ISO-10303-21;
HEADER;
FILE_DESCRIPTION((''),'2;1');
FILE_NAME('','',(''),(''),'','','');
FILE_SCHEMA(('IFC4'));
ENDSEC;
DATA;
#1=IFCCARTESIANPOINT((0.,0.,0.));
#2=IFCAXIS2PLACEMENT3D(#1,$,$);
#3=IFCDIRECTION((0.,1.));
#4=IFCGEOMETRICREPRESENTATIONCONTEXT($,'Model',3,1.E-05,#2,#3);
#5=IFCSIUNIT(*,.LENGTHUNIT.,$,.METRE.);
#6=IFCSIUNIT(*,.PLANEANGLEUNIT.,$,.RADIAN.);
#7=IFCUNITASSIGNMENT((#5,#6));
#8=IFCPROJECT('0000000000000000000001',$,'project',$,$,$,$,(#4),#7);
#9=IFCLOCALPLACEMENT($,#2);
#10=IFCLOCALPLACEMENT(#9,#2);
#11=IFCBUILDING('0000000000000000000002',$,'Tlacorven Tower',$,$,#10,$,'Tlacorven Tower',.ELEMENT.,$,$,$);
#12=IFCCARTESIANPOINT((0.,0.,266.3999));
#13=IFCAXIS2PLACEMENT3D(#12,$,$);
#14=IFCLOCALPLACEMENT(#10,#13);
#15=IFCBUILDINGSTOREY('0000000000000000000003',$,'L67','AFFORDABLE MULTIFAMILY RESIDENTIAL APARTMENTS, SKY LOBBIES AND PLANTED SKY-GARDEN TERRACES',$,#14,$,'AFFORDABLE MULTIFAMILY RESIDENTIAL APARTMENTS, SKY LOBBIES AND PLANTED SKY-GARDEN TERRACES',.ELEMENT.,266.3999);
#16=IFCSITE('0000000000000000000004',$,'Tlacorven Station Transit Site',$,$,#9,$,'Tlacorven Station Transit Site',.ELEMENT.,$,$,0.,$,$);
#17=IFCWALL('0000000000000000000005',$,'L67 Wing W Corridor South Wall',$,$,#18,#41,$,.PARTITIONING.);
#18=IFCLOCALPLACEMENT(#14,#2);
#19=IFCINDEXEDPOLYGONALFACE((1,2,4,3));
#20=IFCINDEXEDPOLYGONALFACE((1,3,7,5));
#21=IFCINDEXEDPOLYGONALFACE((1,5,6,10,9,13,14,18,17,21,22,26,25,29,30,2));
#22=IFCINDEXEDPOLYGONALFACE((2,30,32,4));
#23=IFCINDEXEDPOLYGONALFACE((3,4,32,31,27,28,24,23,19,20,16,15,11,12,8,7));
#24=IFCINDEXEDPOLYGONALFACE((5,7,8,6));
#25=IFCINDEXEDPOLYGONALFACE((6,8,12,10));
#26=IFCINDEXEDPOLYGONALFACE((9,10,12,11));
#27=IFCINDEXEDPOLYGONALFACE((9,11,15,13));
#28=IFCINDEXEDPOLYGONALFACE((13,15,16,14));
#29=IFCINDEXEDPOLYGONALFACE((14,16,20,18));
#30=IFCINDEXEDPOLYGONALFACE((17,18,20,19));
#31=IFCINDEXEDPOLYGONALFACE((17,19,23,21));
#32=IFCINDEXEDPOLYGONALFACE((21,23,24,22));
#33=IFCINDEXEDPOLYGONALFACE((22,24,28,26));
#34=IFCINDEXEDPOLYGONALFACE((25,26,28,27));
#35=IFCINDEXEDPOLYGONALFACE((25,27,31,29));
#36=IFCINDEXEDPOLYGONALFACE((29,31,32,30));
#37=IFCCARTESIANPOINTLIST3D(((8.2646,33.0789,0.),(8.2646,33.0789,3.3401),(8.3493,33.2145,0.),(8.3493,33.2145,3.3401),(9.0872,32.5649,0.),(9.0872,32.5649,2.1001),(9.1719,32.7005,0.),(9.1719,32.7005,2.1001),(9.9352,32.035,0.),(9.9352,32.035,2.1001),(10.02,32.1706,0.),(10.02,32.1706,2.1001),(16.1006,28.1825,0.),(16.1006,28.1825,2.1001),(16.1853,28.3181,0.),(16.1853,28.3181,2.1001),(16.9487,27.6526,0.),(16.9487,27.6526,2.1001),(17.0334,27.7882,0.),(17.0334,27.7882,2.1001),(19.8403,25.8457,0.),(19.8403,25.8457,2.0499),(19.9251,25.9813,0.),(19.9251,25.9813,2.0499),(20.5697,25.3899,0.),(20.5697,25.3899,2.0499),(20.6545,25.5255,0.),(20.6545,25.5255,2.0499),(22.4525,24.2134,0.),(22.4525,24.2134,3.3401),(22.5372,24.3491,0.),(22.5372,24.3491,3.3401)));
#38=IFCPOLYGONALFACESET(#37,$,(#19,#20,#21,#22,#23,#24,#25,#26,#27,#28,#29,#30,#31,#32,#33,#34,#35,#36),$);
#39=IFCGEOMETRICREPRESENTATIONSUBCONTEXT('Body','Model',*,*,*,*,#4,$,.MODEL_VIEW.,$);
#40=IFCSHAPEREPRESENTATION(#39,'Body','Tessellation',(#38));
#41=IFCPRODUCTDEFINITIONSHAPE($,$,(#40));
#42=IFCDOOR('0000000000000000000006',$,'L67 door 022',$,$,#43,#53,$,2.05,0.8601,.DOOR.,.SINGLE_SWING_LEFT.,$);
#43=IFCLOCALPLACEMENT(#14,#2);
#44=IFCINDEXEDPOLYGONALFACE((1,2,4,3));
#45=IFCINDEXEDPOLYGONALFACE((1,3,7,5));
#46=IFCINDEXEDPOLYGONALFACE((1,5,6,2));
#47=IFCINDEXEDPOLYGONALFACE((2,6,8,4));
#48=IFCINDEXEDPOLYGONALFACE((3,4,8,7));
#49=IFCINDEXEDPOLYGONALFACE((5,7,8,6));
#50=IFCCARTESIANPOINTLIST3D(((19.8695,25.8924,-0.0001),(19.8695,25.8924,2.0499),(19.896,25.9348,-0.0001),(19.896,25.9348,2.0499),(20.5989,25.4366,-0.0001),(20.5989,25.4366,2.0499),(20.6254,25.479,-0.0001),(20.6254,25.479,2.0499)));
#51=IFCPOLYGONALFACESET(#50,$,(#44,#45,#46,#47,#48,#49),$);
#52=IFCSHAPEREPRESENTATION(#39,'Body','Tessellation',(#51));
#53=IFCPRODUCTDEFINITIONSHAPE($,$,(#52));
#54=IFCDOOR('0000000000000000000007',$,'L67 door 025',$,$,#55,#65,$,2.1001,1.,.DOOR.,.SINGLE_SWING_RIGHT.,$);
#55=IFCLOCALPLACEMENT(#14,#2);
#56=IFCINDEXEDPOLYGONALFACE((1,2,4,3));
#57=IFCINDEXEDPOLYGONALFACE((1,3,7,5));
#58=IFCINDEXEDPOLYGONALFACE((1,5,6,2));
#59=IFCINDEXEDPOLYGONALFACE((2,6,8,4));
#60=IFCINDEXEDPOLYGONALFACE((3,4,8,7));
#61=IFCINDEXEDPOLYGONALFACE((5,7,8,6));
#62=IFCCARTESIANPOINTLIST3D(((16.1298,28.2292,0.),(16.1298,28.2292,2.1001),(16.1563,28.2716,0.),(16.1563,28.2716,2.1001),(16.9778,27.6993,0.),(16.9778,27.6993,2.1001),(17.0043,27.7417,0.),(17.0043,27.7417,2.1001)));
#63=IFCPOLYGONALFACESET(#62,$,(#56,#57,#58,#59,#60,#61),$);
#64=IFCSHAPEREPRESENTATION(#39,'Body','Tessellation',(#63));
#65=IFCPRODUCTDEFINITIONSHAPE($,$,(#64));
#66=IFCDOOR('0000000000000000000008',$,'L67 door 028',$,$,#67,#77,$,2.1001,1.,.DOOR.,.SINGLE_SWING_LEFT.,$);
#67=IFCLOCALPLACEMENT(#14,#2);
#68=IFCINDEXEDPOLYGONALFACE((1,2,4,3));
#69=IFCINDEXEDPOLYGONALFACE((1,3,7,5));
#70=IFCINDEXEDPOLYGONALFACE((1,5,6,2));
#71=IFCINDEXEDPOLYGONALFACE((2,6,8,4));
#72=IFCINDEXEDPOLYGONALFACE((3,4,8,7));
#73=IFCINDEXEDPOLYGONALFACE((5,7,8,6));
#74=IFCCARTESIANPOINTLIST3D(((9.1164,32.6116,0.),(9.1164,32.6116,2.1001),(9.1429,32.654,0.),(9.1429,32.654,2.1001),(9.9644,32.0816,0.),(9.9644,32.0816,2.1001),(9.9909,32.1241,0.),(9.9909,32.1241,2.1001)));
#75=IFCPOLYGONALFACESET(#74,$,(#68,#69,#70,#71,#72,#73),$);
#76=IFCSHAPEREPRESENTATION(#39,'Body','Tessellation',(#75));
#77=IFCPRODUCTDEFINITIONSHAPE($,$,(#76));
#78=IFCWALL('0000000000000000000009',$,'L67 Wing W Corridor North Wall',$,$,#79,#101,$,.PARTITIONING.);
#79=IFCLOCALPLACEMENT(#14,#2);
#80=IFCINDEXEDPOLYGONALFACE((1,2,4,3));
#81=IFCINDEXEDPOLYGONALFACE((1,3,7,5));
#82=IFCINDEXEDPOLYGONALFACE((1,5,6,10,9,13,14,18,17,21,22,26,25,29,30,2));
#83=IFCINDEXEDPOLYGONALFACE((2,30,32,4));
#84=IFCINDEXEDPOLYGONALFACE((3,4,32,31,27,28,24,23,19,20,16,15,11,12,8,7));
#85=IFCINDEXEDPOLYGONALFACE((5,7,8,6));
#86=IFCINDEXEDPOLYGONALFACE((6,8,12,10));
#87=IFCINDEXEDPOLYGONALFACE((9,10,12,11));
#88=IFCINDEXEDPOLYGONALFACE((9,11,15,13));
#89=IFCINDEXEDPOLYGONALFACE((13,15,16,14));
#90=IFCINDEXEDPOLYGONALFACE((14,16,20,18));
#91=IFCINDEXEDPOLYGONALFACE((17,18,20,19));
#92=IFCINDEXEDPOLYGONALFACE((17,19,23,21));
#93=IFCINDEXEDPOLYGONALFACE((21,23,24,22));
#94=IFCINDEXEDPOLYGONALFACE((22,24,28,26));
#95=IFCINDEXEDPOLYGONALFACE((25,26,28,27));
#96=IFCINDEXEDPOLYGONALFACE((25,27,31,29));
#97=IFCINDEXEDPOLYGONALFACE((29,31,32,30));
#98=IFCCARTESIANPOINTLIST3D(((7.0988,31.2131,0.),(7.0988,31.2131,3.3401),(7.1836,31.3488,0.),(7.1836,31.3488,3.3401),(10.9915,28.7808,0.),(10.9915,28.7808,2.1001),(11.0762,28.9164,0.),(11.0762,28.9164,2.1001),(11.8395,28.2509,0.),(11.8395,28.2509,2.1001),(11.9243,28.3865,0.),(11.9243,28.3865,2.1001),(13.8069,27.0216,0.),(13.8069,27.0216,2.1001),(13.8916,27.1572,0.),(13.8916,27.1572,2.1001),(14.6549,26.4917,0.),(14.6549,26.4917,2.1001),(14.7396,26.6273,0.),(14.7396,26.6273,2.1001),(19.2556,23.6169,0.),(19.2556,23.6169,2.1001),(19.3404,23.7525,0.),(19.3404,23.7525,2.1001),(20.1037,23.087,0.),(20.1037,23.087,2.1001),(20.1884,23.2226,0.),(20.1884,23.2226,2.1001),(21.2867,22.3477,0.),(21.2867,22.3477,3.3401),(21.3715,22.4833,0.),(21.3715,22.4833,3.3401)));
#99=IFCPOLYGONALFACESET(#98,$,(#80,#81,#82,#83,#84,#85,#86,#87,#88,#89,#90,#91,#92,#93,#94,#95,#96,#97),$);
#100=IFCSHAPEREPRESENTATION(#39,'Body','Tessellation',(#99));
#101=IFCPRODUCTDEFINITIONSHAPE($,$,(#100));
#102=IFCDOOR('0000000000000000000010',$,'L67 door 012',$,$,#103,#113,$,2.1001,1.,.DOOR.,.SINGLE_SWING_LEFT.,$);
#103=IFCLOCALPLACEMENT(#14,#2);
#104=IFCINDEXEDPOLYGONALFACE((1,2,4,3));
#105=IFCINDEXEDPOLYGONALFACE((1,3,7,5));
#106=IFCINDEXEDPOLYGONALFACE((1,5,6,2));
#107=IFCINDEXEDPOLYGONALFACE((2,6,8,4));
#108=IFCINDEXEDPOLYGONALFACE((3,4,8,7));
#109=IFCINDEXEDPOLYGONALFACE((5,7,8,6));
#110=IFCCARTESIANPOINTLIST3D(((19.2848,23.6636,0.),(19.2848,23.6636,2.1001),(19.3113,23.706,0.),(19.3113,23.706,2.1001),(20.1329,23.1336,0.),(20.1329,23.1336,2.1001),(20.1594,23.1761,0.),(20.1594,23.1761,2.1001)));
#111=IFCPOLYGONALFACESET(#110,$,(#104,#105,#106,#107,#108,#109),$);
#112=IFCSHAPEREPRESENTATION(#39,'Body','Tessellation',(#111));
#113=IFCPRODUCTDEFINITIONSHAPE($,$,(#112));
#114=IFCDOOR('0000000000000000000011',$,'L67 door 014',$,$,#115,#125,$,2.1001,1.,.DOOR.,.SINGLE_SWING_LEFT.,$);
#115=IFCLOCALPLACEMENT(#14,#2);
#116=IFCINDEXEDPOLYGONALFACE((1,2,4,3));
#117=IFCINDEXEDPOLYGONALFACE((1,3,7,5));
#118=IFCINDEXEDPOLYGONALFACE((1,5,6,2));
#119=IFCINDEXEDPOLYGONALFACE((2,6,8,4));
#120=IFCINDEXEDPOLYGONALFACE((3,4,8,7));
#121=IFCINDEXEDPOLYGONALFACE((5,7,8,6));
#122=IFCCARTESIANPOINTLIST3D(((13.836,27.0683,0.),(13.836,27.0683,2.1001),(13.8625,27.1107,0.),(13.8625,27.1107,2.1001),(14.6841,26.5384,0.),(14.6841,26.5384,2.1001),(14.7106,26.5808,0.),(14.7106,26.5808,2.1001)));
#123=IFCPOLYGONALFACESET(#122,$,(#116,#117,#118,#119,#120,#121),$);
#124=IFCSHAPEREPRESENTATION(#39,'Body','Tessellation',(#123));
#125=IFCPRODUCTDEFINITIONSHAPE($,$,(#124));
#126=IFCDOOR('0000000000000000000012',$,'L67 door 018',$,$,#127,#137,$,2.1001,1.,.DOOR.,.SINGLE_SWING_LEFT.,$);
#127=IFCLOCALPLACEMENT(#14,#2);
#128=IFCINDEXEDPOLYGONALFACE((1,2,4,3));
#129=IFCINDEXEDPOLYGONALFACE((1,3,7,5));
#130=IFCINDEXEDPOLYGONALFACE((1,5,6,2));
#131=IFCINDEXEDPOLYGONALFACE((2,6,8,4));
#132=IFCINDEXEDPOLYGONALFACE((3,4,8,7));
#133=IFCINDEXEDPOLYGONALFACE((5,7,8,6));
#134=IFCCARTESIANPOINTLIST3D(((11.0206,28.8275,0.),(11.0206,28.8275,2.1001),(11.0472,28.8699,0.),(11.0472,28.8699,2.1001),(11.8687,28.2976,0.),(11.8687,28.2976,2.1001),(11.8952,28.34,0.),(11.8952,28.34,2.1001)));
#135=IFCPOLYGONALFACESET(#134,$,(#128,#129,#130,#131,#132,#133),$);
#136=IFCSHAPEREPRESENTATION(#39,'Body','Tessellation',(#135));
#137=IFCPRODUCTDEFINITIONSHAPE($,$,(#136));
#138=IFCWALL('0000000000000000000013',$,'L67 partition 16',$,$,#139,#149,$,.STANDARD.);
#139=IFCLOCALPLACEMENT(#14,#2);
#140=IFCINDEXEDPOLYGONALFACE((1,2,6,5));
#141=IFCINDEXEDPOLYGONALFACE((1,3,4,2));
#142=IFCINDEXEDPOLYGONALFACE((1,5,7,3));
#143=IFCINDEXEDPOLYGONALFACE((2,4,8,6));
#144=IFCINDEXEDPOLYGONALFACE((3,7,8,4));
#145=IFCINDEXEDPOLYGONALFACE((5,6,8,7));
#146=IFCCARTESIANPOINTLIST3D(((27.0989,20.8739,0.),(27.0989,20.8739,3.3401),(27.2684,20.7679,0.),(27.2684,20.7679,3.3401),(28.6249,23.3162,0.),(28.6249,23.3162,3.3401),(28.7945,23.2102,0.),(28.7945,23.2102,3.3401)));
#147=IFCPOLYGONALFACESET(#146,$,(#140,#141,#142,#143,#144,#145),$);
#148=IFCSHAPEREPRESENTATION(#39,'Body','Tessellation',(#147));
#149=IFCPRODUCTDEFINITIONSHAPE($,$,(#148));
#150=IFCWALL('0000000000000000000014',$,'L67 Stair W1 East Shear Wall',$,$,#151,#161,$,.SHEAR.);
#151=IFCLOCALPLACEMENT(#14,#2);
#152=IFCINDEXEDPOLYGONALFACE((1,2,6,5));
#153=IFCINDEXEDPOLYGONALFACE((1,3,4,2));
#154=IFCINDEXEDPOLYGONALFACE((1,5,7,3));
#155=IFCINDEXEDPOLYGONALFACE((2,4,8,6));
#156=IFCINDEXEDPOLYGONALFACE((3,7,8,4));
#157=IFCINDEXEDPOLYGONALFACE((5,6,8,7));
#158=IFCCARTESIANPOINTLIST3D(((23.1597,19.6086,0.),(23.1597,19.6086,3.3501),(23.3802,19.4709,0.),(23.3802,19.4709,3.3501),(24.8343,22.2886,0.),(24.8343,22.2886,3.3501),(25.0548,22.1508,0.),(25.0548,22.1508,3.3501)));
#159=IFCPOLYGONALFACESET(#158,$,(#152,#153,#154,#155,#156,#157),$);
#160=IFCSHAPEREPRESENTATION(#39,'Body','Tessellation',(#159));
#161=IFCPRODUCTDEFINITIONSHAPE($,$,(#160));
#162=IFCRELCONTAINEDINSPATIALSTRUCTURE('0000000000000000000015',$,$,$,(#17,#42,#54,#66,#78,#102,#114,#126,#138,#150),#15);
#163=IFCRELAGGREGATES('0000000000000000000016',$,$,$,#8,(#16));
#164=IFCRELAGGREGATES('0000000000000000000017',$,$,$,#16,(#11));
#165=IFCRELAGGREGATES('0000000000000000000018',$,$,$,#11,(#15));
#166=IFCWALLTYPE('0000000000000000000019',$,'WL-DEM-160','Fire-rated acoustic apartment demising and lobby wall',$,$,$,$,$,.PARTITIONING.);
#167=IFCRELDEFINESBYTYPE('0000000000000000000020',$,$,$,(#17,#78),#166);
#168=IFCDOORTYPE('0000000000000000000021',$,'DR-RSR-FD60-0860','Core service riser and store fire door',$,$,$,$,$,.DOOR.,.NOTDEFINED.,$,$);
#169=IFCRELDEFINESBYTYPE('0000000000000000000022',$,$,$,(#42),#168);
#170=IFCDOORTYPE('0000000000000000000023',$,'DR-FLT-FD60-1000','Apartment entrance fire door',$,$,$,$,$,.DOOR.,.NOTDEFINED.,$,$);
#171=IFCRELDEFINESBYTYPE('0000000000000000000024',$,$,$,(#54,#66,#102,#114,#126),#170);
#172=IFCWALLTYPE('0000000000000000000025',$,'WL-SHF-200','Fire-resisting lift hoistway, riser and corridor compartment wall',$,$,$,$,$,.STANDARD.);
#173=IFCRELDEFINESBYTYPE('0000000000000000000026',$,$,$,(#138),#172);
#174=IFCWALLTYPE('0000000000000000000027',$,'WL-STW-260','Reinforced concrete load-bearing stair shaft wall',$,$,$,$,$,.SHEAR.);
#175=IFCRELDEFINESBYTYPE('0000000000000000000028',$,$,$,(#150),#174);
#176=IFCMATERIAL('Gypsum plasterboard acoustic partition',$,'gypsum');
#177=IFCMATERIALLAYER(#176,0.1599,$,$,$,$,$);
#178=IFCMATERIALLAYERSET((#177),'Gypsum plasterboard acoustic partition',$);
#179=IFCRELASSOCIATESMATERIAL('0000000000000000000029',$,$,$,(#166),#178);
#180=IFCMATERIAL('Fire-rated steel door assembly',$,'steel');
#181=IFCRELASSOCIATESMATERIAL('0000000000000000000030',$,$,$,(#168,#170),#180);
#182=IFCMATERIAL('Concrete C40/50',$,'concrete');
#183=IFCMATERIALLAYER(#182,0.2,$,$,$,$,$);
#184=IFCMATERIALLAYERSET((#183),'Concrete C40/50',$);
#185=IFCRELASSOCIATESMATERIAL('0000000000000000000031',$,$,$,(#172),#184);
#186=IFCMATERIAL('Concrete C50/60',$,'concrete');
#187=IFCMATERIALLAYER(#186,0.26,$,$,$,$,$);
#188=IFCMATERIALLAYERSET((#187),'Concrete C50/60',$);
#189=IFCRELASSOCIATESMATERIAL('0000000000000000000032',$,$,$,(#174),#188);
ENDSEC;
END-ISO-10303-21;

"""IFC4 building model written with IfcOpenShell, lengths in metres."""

from ifc_helpers import new_model, si_unit, direction, frame, frame_2d, origin, place, context, subcontext, project, spatial, rectangle, extrude, source, transform, mapped, material, layer, layer_set, type_object, element, fill, save


model = new_model("IFC4")

# Units and contexts
model_context = context("Model", 3, precision=1e-05, world=origin(), true_north=direction((0.0, 1.0)))
body_context = subcontext(model_context, "Body", "Model", "MODEL_VIEW")
ifc_project = project(units=[si_unit("LENGTHUNIT", "METRE"), si_unit("PLANEANGLEUNIT", "RADIAN")], contexts=[model_context])

# Site, building, storey
site_placement = place(None, origin())
site = spatial("IfcSite", under=ifc_project, at=site_placement, Name="Tlacorven Station Transit Site", LongName="Tlacorven Station Transit Site", CompositionType="ELEMENT", RefElevation=0.0)
building_placement = place(site_placement, origin())
building = spatial("IfcBuilding", under=site, at=building_placement, Name="Tlacorven Tower", LongName="Tlacorven Tower", CompositionType="ELEMENT")
storey_placement = place(building_placement, frame((0.0, 0.0, 266.3999)))
storey = spatial("IfcBuildingStorey", under=building, at=storey_placement, Name="L67", Description="AFFORDABLE MULTIFAMILY RESIDENTIAL APARTMENTS, SKY LOBBIES AND PLANTED SKY-GARDEN TERRACES", LongName="AFFORDABLE MULTIFAMILY RESIDENTIAL APARTMENTS, SKY LOBBIES AND PLANTED SKY-GARDEN TERRACES", CompositionType="ELEMENT", Elevation=266.3999)

# Shared definitions
ifc_material_1 = material(Name="Concrete C50/60", Category="concrete")
ifc_material_2 = material(Name="Gypsum plasterboard acoustic partition", Category="gypsum")
ifc_layer_1 = layer(ifc_material_2, 0.1599)
ifc_layer_set_1 = layer_set([ifc_layer_1], Name="Gypsum plasterboard acoustic partition")
wall_type_1 = type_object("IfcWallType", Name="WL-DEM-160", Description="Fire-rated acoustic apartment demising and lobby wall", PredefinedType="PARTITIONING", material=ifc_layer_set_1)

# Walls, openings, doors
wall_1_placement = place(storey_placement, frame((22.4949, 24.2812, 0.0), z_axis=(0.0, 0.0, 1.0), x_axis=(-0.848052, 0.529912, 0.0)))
wall_1 = element("IfcWall", 1, at=wall_1_placement, inside=storey, type_object=wall_type_1, Name="L67 Wing W Corridor South Wall", PredefinedType="PARTITIONING", context=body_context, shape_type="SweptSolid", body=[
    extrude(rectangle(XDim=16.73, YDim=0.1599, at=frame_2d((8.365, 0.0))), origin(), (0.0, 0.0, 1.0), 3.3401),
])
opening_1_placement = place(wall_1_placement, frame((2.22, 0.0, 0.0)))
opening_1 = element("IfcOpeningElement", 2, at=opening_1_placement, cuts=wall_1, PredefinedType="OPENING", context=body_context, shape_type="SweptSolid", body=[
    extrude(rectangle(XDim=0.8601, YDim=2.05, at=frame_2d((0.4302, 1.0249))), frame((0.0, 0.0898, 0.0), z_axis=(0.0, -1.0, 0.0), x_axis=(1.0, 0.0, 0.0)), (0.0, 0.0, 1.0), 0.1799),
])
opening_2_placement = place(wall_1_placement, frame((6.49, 0.0, 0.0)))
opening_2 = element("IfcOpeningElement", 3, at=opening_2_placement, cuts=wall_1, PredefinedType="OPENING", context=body_context, shape_type="SweptSolid", body=[
    extrude(rectangle(XDim=1.0, YDim=2.1001, at=frame_2d((0.5, 1.05))), frame((0.0, 0.0898, 0.0), z_axis=(0.0, -1.0, 0.0), x_axis=(1.0, 0.0, 0.0)), (0.0, 0.0, 1.0), 0.1799),
])
opening_3_placement = place(wall_1_placement, frame((14.76, 0.0, 0.0)))
opening_3 = element("IfcOpeningElement", 4, at=opening_3_placement, cuts=wall_1, PredefinedType="OPENING", context=body_context, shape_type="SweptSolid", body=[
    extrude(rectangle(XDim=1.0, YDim=2.1001, at=frame_2d((0.5, 1.05))), frame((0.0, 0.0898, 0.0), z_axis=(0.0, -1.0, 0.0), x_axis=(1.0, 0.0, 0.0)), (0.0, 0.0, 1.0), 0.1799),
])
ifc_material_3 = material(Name="Fire-rated steel door assembly", Category="steel")
door_type_1 = type_object("IfcDoorType", Name="DR-RSR-FD60-0860", Description="Core service riser and store fire door", OperationType="NOTDEFINED", PredefinedType="DOOR", material=ifc_material_3)
shared_shape_1 = source(origin(), body_context, "Body", "SweptSolid", [
    extrude(rectangle(XDim=0.8601, YDim=2.05, at=frame_2d((0.4302, 1.0249))), frame((0.0, 0.0249, 0.0), z_axis=(0.0, -1.0, 0.0), x_axis=(1.0, 0.0, 0.0)), (0.0, 0.0, 1.0), 0.05),
])
door_1_placement = place(opening_1_placement, origin())
door_1 = element("IfcDoor", 5, at=door_1_placement, inside=storey, type_object=door_type_1, Name="L67 door 022", OperationType="SINGLE_SWING_LEFT", OverallHeight=2.05, OverallWidth=0.8601, PredefinedType="DOOR", context=body_context, shape_type="MappedRepresentation", body=[
    mapped(shared_shape_1, transform((0.0, 0.0, 0.0), scale=1.0)),
])
fill(opening_1, door_1)
door_type_2 = type_object("IfcDoorType", Name="DR-FLT-FD60-1000", Description="Apartment entrance fire door", OperationType="NOTDEFINED", PredefinedType="DOOR", material=ifc_material_3)
shared_shape_2 = source(origin(), body_context, "Body", "SweptSolid", [
    extrude(rectangle(XDim=1.0, YDim=2.1001, at=frame_2d((0.5, 1.05))), frame((0.0, 0.0249, 0.0), z_axis=(0.0, -1.0, 0.0), x_axis=(1.0, 0.0, 0.0)), (0.0, 0.0, 1.0), 0.05),
])
door_2_placement = place(opening_2_placement, origin())
door_2 = element("IfcDoor", 6, at=door_2_placement, inside=storey, type_object=door_type_2, Name="L67 door 025", OperationType="SINGLE_SWING_RIGHT", OverallHeight=2.1001, OverallWidth=1.0, PredefinedType="DOOR", context=body_context, shape_type="MappedRepresentation", body=[
    mapped(shared_shape_2, transform((0.0, 0.0, 0.0), scale=1.0)),
])
fill(opening_2, door_2)
door_3_placement = place(opening_3_placement, origin())
door_3 = element("IfcDoor", 7, at=door_3_placement, inside=storey, type_object=door_type_2, Name="L67 door 028", OperationType="SINGLE_SWING_LEFT", OverallHeight=2.1001, OverallWidth=1.0, PredefinedType="DOOR", context=body_context, shape_type="MappedRepresentation", body=[
    mapped(shared_shape_2, transform((0.0, 0.0, 0.0), scale=1.0)),
])
fill(opening_3, door_3)
wall_2_placement = place(storey_placement, frame((21.3291, 22.4155, 0.0), z_axis=(0.0, 0.0, 1.0), x_axis=(-0.848052, 0.529912, 0.0)))
wall_2 = element("IfcWall", 8, at=wall_2_placement, inside=storey, type_object=wall_type_1, Name="L67 Wing W Corridor North Wall", PredefinedType="PARTITIONING", context=body_context, shape_type="SweptSolid", body=[
    extrude(rectangle(XDim=16.73, YDim=0.1599, at=frame_2d((8.365, 0.0))), origin(), (0.0, 0.0, 1.0), 3.3401),
])
opening_4_placement = place(wall_2_placement, frame((1.395, 0.0, 0.0)))
opening_4 = element("IfcOpeningElement", 9, at=opening_4_placement, cuts=wall_2, PredefinedType="OPENING", context=body_context, shape_type="SweptSolid", body=[
    extrude(rectangle(XDim=1.0, YDim=2.1001, at=frame_2d((0.5, 1.05))), frame((0.0, 0.0898, 0.0), z_axis=(0.0, -1.0, 0.0), x_axis=(1.0, 0.0, 0.0)), (0.0, 0.0, 1.0), 0.1799),
])
opening_5_placement = place(wall_2_placement, frame((7.8201, 0.0, 0.0)))
opening_5 = element("IfcOpeningElement", 10, at=opening_5_placement, cuts=wall_2, PredefinedType="OPENING", context=body_context, shape_type="SweptSolid", body=[
    extrude(rectangle(XDim=1.0, YDim=2.1001, at=frame_2d((0.5, 1.05))), frame((0.0, 0.0898, 0.0), z_axis=(0.0, -1.0, 0.0), x_axis=(1.0, 0.0, 0.0)), (0.0, 0.0, 1.0), 0.1799),
])
opening_6_placement = place(wall_2_placement, frame((11.1399, 0.0, 0.0)))
opening_6 = element("IfcOpeningElement", 11, at=opening_6_placement, cuts=wall_2, PredefinedType="OPENING", context=body_context, shape_type="SweptSolid", body=[
    extrude(rectangle(XDim=1.0, YDim=2.1001, at=frame_2d((0.5, 1.05))), frame((0.0, 0.0898, 0.0), z_axis=(0.0, -1.0, 0.0), x_axis=(1.0, 0.0, 0.0)), (0.0, 0.0, 1.0), 0.1799),
])
door_4_placement = place(opening_4_placement, origin())
door_4 = element("IfcDoor", 12, at=door_4_placement, inside=storey, type_object=door_type_2, Name="L67 door 012", OperationType="SINGLE_SWING_LEFT", OverallHeight=2.1001, OverallWidth=1.0, PredefinedType="DOOR", context=body_context, shape_type="MappedRepresentation", body=[
    mapped(shared_shape_2, transform((0.0, 0.0, 0.0), scale=1.0)),
])
fill(opening_4, door_4)
door_5_placement = place(opening_5_placement, origin())
door_5 = element("IfcDoor", 13, at=door_5_placement, inside=storey, type_object=door_type_2, Name="L67 door 014", OperationType="SINGLE_SWING_LEFT", OverallHeight=2.1001, OverallWidth=1.0, PredefinedType="DOOR", context=body_context, shape_type="MappedRepresentation", body=[
    mapped(shared_shape_2, transform((0.0, 0.0, 0.0), scale=1.0)),
])
fill(opening_5, door_5)
door_6_placement = place(opening_6_placement, origin())
door_6 = element("IfcDoor", 14, at=door_6_placement, inside=storey, type_object=door_type_2, Name="L67 door 018", OperationType="SINGLE_SWING_LEFT", OverallHeight=2.1001, OverallWidth=1.0, PredefinedType="DOOR", context=body_context, shape_type="MappedRepresentation", body=[
    mapped(shared_shape_2, transform((0.0, 0.0, 0.0), scale=1.0)),
])
fill(opening_6, door_6)

# Walls
ifc_material_4 = material(Name="Concrete C40/50", Category="concrete")
ifc_layer_2 = layer(ifc_material_4, 0.2)
ifc_layer_set_2 = layer_set([ifc_layer_2], Name="Concrete C40/50")
wall_type_2 = type_object("IfcWallType", Name="WL-SHF-200", Description="Fire-resisting lift hoistway, riser and corridor compartment wall", PredefinedType="STANDARD", material=ifc_layer_set_2)
wall_3_placement = place(storey_placement, frame((28.7097, 23.2632, 0.0), z_axis=(0.0, 0.0, 1.0), x_axis=(-0.529907, -0.848055, 0.0)))
element("IfcWall", 15, at=wall_3_placement, inside=storey, type_object=wall_type_2, Name="L67 partition 16", PredefinedType="STANDARD", context=body_context, shape_type="SweptSolid", body=[
    extrude(rectangle(XDim=2.8799, YDim=0.2, at=frame_2d((1.4399, 0.0))), origin(), (0.0, 0.0, 1.0), 3.3401),
])
ifc_layer_3 = layer(ifc_material_1, 0.26)
ifc_layer_set_3 = layer_set([ifc_layer_3], Name="Concrete C50/60")
wall_type_3 = type_object("IfcWallType", Name="WL-STW-260", Description="Reinforced concrete load-bearing stair shaft wall", PredefinedType="SHEAR", material=ifc_layer_set_3)
wall_4_placement = place(storey_placement, frame((24.9446, 22.2197, 0.0), z_axis=(0.0, 0.0, 1.0), x_axis=(-0.529909, -0.848055, 0.0)))
element("IfcWall", 16, at=wall_4_placement, inside=storey, type_object=wall_type_3, Name="L67 Stair W1 East Shear Wall", PredefinedType="SHEAR", context=body_context, shape_type="SweptSolid", body=[
    extrude(rectangle(XDim=3.1602, YDim=0.26, at=frame_2d((1.5801, 0.0))), origin(), (0.0, 0.0, 1.0), 3.3501),
])

save(model, "model.ifc")
